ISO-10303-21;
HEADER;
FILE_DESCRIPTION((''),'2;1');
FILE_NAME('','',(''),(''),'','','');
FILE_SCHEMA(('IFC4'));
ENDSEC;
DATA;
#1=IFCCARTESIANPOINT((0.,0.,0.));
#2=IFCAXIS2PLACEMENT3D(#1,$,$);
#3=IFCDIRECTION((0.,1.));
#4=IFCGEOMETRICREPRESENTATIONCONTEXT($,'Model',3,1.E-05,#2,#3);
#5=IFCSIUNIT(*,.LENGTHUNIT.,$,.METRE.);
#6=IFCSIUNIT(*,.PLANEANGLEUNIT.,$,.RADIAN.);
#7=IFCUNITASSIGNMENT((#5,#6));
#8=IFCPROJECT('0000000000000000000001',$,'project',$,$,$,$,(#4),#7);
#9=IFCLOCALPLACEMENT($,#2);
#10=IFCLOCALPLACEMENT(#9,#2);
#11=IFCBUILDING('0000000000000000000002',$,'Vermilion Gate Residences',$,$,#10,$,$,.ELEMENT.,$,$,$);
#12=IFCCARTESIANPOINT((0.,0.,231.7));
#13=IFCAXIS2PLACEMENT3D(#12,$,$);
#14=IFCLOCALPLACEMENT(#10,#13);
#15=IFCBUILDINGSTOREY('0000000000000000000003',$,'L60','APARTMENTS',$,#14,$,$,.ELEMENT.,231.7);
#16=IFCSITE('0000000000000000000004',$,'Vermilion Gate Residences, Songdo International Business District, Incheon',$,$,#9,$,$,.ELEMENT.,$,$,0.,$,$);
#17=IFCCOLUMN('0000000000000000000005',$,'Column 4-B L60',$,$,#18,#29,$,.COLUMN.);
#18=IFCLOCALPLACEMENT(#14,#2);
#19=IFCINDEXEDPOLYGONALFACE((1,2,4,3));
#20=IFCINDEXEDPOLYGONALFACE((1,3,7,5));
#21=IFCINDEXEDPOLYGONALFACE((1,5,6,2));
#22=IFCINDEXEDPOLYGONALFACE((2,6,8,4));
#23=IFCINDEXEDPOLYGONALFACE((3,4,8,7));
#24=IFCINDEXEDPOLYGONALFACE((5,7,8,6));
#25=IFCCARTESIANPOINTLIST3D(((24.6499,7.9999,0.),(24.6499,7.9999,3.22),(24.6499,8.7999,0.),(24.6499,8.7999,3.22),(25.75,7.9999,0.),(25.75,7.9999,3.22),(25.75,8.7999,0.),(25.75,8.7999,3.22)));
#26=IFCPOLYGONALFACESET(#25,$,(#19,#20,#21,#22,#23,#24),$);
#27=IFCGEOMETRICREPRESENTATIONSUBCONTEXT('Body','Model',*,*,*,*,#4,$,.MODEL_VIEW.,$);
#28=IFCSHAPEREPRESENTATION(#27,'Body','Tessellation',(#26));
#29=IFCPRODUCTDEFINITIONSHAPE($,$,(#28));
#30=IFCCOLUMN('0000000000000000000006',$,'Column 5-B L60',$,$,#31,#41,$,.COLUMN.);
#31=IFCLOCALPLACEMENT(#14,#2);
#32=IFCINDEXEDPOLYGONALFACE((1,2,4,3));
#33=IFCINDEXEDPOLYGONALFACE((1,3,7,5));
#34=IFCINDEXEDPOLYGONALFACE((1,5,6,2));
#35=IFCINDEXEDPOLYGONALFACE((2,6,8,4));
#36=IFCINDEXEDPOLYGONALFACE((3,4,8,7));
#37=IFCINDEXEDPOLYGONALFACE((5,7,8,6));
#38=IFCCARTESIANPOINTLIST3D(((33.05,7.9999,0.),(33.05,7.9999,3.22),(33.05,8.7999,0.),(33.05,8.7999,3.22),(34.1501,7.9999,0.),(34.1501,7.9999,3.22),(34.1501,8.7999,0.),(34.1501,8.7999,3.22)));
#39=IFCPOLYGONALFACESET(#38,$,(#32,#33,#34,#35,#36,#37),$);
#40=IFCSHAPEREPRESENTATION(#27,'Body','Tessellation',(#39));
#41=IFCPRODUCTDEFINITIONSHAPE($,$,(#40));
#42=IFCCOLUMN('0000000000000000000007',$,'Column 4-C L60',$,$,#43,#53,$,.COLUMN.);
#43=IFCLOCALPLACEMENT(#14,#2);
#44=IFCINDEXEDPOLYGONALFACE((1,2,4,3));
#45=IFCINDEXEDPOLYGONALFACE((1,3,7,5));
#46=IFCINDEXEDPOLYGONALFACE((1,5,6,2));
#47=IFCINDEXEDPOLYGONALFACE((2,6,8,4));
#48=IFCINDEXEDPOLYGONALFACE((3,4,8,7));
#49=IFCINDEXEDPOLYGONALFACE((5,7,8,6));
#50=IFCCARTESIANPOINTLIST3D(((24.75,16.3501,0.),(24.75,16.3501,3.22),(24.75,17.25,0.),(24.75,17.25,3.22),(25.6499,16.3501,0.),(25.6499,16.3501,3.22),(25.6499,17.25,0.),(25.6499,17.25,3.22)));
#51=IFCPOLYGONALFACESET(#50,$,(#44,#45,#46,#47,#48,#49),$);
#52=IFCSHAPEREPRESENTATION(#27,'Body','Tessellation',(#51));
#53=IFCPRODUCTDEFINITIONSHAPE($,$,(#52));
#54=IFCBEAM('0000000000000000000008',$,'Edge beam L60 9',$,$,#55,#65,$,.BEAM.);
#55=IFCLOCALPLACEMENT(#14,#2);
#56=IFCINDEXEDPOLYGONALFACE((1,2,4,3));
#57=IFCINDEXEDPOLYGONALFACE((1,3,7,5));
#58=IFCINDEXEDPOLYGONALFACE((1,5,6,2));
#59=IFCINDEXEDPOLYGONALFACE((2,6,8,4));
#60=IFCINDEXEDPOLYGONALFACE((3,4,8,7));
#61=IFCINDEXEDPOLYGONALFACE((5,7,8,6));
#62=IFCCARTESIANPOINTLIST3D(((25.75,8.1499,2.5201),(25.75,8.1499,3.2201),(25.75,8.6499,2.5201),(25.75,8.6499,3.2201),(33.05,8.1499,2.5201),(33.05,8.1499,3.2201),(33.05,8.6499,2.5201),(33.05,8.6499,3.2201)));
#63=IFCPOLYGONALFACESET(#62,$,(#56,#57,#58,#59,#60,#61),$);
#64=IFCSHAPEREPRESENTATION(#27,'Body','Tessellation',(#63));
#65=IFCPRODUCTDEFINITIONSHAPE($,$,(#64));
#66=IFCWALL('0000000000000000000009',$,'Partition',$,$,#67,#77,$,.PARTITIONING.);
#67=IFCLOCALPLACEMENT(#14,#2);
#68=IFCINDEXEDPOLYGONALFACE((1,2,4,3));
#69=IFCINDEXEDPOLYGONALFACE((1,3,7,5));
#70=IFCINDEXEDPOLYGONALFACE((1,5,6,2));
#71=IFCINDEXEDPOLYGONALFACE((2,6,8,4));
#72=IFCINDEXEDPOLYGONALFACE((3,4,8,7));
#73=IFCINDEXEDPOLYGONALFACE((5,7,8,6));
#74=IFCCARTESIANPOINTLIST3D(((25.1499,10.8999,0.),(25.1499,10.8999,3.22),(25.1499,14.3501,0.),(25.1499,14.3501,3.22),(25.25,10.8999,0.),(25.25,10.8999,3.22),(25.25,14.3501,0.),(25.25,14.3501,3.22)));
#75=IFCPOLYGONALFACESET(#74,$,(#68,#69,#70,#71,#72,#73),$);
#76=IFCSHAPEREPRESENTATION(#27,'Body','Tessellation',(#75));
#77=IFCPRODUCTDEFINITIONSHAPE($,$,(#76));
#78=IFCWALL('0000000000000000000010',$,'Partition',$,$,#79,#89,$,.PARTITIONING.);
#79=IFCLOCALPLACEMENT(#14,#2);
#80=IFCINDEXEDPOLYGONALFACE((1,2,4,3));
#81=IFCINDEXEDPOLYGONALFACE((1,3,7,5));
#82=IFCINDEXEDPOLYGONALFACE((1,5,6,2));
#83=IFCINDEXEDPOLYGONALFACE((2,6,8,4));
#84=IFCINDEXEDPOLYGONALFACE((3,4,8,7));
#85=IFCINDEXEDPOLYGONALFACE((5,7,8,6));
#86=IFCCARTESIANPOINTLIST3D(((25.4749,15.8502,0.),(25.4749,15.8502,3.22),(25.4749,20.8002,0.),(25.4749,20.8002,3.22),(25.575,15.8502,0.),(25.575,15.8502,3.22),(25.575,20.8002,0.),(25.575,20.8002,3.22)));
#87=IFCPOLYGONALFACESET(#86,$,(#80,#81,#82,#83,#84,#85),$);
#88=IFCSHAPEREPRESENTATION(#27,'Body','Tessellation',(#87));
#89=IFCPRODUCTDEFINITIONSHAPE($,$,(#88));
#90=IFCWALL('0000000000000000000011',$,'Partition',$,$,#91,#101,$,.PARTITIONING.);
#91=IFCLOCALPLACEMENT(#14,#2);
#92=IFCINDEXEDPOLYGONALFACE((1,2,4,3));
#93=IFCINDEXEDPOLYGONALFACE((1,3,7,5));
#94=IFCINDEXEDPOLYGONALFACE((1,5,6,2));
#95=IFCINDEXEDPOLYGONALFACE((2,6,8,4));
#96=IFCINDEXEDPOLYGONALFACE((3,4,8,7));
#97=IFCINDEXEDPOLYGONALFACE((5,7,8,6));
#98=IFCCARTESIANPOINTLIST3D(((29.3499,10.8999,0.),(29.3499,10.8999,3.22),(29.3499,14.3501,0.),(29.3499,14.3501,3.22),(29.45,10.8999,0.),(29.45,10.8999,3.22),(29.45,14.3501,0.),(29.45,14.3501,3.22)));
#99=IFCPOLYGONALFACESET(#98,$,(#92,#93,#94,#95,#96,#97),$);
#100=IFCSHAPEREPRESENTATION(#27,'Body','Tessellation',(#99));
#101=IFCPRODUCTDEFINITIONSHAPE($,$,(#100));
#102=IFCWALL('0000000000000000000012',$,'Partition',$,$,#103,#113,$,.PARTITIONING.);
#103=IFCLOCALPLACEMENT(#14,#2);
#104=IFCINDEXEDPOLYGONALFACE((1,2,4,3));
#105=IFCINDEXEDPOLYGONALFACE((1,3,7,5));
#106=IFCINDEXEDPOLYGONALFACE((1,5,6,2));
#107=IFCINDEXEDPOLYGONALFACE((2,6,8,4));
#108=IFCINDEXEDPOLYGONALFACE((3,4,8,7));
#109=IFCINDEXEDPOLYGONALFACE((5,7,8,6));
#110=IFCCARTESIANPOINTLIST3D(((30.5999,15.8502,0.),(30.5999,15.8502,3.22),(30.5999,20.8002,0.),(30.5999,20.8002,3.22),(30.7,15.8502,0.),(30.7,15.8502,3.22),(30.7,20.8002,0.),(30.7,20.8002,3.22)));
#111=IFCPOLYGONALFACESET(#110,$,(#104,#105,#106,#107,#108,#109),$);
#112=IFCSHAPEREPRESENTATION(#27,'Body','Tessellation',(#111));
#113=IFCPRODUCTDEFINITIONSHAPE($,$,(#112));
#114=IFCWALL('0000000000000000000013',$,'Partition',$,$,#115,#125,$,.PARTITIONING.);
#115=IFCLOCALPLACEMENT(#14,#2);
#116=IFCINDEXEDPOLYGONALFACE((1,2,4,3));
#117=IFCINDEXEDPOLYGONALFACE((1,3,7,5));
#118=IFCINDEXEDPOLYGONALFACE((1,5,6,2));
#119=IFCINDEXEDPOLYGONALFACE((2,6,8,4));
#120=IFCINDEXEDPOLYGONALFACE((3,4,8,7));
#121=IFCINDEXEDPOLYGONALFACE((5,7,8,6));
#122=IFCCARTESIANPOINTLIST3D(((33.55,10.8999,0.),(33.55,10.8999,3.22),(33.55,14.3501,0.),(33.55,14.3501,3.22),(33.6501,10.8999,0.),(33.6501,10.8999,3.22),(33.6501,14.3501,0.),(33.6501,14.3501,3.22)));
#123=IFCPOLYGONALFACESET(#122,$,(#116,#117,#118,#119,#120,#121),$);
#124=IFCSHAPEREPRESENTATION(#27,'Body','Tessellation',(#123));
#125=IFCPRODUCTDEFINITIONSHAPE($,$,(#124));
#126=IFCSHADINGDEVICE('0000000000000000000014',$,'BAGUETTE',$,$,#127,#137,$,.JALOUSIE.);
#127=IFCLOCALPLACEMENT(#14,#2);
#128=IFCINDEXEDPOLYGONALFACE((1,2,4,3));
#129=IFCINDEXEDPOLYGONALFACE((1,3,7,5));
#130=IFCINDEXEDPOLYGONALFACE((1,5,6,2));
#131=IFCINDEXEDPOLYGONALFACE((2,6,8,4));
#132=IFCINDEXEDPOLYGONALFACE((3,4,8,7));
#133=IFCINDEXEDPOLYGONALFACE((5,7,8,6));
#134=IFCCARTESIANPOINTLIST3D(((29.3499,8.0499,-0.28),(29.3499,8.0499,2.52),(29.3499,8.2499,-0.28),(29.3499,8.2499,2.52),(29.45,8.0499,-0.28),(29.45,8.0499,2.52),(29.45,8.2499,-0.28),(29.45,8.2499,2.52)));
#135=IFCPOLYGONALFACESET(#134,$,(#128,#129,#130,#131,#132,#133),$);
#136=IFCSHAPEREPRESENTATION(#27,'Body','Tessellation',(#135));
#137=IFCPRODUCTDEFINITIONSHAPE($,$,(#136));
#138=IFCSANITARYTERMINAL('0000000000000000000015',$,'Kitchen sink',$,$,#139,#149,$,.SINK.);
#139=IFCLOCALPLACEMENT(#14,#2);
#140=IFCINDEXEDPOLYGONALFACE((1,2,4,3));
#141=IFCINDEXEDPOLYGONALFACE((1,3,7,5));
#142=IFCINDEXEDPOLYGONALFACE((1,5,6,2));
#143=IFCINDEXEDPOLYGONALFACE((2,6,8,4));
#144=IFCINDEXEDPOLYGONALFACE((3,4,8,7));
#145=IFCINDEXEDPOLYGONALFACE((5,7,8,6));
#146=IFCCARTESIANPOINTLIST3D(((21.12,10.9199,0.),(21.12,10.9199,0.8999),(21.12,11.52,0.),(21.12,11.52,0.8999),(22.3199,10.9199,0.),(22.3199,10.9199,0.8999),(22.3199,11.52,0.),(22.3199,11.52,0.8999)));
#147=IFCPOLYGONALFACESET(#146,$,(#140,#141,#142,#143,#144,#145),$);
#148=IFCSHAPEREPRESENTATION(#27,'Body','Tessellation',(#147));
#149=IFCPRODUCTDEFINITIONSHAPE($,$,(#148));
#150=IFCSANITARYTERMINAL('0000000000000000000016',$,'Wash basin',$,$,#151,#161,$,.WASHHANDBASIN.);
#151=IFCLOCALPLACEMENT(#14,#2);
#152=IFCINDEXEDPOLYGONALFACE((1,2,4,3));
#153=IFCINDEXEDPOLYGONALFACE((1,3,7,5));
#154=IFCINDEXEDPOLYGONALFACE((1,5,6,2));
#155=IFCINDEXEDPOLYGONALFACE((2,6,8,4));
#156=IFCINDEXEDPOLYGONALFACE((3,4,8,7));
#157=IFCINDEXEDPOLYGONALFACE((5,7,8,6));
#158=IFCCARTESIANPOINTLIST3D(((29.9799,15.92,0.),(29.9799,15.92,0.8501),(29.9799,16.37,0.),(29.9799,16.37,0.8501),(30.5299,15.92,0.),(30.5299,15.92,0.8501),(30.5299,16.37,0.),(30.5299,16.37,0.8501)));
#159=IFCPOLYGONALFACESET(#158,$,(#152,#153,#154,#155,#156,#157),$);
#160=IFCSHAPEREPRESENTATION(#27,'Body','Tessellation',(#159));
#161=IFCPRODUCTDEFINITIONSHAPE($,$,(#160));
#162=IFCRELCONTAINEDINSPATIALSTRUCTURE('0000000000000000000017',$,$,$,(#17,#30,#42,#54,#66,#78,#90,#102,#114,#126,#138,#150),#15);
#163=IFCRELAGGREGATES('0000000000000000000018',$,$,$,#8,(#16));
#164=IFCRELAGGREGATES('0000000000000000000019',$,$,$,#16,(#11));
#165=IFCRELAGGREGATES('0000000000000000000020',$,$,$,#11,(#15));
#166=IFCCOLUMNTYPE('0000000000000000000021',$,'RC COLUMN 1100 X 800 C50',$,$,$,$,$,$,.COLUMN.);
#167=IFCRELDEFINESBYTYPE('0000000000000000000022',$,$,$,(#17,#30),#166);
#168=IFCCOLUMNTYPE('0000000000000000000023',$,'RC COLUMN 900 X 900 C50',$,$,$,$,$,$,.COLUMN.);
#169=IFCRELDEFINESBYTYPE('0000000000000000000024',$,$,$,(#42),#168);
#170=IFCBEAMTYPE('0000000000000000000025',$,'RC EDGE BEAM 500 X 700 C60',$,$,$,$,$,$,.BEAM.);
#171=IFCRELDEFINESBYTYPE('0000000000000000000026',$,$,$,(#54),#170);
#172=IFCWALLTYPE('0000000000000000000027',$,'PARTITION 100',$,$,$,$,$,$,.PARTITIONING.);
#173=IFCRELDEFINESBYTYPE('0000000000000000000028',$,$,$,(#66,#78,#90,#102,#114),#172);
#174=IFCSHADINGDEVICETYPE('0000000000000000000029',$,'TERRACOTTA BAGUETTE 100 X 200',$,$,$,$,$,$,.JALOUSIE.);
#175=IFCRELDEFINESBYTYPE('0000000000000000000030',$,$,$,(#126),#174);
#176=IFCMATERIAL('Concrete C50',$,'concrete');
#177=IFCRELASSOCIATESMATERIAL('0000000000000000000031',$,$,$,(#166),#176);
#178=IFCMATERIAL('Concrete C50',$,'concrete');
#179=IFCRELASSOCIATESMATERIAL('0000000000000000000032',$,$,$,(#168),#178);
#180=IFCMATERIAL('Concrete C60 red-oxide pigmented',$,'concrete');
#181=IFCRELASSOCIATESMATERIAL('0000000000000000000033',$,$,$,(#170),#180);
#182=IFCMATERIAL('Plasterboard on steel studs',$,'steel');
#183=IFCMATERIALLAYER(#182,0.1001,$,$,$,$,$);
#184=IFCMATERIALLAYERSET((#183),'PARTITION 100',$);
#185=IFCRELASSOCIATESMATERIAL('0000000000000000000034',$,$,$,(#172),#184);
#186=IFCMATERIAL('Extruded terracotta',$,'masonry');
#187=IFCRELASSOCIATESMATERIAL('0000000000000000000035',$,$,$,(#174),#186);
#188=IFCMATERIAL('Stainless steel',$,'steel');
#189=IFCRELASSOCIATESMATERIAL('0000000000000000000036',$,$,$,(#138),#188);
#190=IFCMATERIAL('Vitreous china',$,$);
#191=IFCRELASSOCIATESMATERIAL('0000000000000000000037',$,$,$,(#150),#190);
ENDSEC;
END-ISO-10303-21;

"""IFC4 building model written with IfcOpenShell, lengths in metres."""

from ifc_helpers import new_model, si_unit, direction, frame, frame_2d, origin, origin_2d, place, context, subcontext, project, spatial, rectangle, extrude, material, layer, layer_set, material_profile, profile_set, type_object, element, save


model = new_model("IFC4")

# Units and contexts
model_context = context("Model", 3, precision=1e-05, world=origin(), true_north=direction((0.0, 1.0)))
body_context = subcontext(model_context, "Body", "Model", "MODEL_VIEW")
ifc_project = project(units=[si_unit("LENGTHUNIT", "METRE"), si_unit("PLANEANGLEUNIT", "RADIAN")], contexts=[model_context])

# Site, building, storey
site_placement = place(None, origin())
site = spatial("IfcSite", under=ifc_project, at=site_placement, Name="Vermilion Gate Residences, Songdo International Business District, Incheon", CompositionType="ELEMENT", RefElevation=0.0)
building_placement = place(site_placement, origin())
building = spatial("IfcBuilding", under=site, at=building_placement, Name="Vermilion Gate Residences", CompositionType="ELEMENT")
storey_placement = place(building_placement, frame((0.0, 0.0, 231.7)))
storey = spatial("IfcBuildingStorey", under=building, at=storey_placement, Name="L60", Description="APARTMENTS", CompositionType="ELEMENT", Elevation=231.7)

# Columns
ifc_material_1 = material(Name="Concrete C50", Category="concrete")
ifc_material_profile_1 = material_profile(ifc_material_1, rectangle(XDim=1.1001, YDim=0.8, at=origin_2d()), Name="RC-1100x800")
ifc_profile_set_1 = profile_set([ifc_material_profile_1], Name="Concrete C50")
column_type_1 = type_object("IfcColumnType", Name="RC COLUMN 1100 X 800 C50", PredefinedType="COLUMN", material=ifc_profile_set_1)
for number, where, z_axis, x_axis, name in (
    (1, (25.2, 8.3999, 0.0), (0.0, 0.0, 1.0), (1.0, 0.0, 0.0), "Column 4-B L60"),
    (2, (33.6001, 8.3999, 0.0), (0.0, 0.0, 1.0), (1.0, 0.0, 0.0), "Column 5-B L60"),
):
    element("IfcColumn", number, at=place(storey_placement, frame(where, z_axis=z_axis, x_axis=x_axis)), inside=storey, type_object=column_type_1, Name=name, PredefinedType="COLUMN", context=body_context, shape_type="SweptSolid", body=[
        extrude(rectangle(XDim=1.1001, YDim=0.8, at=origin_2d()), origin(), (0.0, 0.0, 1.0), 3.22),
    ])
ifc_material_2 = material(Name="Concrete C50", Category="concrete")
ifc_material_profile_2 = material_profile(ifc_material_2, rectangle(XDim=0.8999, YDim=0.8999, at=origin_2d()), Name="RC-900x900")
ifc_profile_set_2 = profile_set([ifc_material_profile_2], Name="Concrete C50")
column_type_2 = type_object("IfcColumnType", Name="RC COLUMN 900 X 900 C50", PredefinedType="COLUMN", material=ifc_profile_set_2)
column_placement = place(storey_placement, frame((25.2, 16.8, 0.0), z_axis=(0.0, 0.0, 1.0), x_axis=(1.0, 0.0, 0.0)))
element("IfcColumn", 3, at=column_placement, inside=storey, type_object=column_type_2, Name="Column 4-C L60", PredefinedType="COLUMN", context=body_context, shape_type="SweptSolid", body=[
    extrude(rectangle(XDim=0.8999, YDim=0.8999, at=origin_2d()), origin(), (0.0, 0.0, 1.0), 3.22),
])

# Beam
ifc_material_3 = material(Name="Concrete C60 red-oxide pigmented", Category="concrete")
ifc_material_profile_3 = material_profile(ifc_material_3, rectangle(XDim=0.5, YDim=0.7, at=origin_2d()), Name="RC-500x700")
ifc_profile_set_3 = profile_set([ifc_material_profile_3], Name="Concrete C60 red-oxide pigmented")
beam_type = type_object("IfcBeamType", Name="RC EDGE BEAM 500 X 700 C60", PredefinedType="BEAM", material=ifc_profile_set_3)
beam_placement = place(storey_placement, frame((25.75, 8.3999, 2.8701), z_axis=(1.0, 0.0, 0.0), x_axis=(0.0, 1.0, 0.0)))
element("IfcBeam", 4, at=beam_placement, inside=storey, type_object=beam_type, Name="Edge beam L60 9", PredefinedType="BEAM", context=body_context, shape_type="SweptSolid", body=[
    extrude(rectangle(XDim=0.5, YDim=0.7, at=origin_2d()), origin(), (0.0, 0.0, 1.0), 7.3),
])

# Walls
ifc_material_4 = material(Name="Plasterboard on steel studs", Category="steel")
ifc_layer = layer(ifc_material_4, 0.1001)
ifc_layer_set = layer_set([ifc_layer], Name="PARTITION 100")
wall_type = type_object("IfcWallType", Name="PARTITION 100", PredefinedType="PARTITIONING", material=ifc_layer_set)
wall_1_placement = place(storey_placement, frame((25.2, 10.8999, 0.0), z_axis=(0.0, 0.0, 1.0), x_axis=(0.0, 1.0, 0.0)))
element("IfcWall", 5, at=wall_1_placement, inside=storey, type_object=wall_type, Name="Partition", PredefinedType="PARTITIONING", context=body_context, shape_type="SweptSolid", body=[
    extrude(rectangle(XDim=3.4502, YDim=0.1001, at=frame_2d((1.7251, 0.0))), origin(), (0.0, 0.0, 1.0), 3.22),
])
wall_2_placement = place(storey_placement, frame((25.5249, 15.8501, 0.0), z_axis=(0.0, 0.0, 1.0), x_axis=(0.0, 1.0, 0.0)))
element("IfcWall", 6, at=wall_2_placement, inside=storey, type_object=wall_type, Name="Partition", PredefinedType="PARTITIONING", context=body_context, shape_type="SweptSolid", body=[
    extrude(rectangle(XDim=4.95, YDim=0.1001, at=frame_2d((2.4751, 0.0))), origin(), (0.0, 0.0, 1.0), 3.22),
])
wall_3_placement = place(storey_placement, frame((29.3999, 10.8999, 0.0), z_axis=(0.0, 0.0, 1.0), x_axis=(0.0, 1.0, 0.0)))
element("IfcWall", 7, at=wall_3_placement, inside=storey, type_object=wall_type, Name="Partition", PredefinedType="PARTITIONING", context=body_context, shape_type="SweptSolid", body=[
    extrude(rectangle(XDim=3.4502, YDim=0.1001, at=frame_2d((1.7251, 0.0))), origin(), (0.0, 0.0, 1.0), 3.22),
])
wall_4_placement = place(storey_placement, frame((30.6499, 15.8501, 0.0), z_axis=(0.0, 0.0, 1.0), x_axis=(0.0, 1.0, 0.0)))
element("IfcWall", 8, at=wall_4_placement, inside=storey, type_object=wall_type, Name="Partition", PredefinedType="PARTITIONING", context=body_context, shape_type="SweptSolid", body=[
    extrude(rectangle(XDim=4.95, YDim=0.1001, at=frame_2d((2.4751, 0.0))), origin(), (0.0, 0.0, 1.0), 3.22),
])
wall_5_placement = place(storey_placement, frame((33.6001, 10.8999, 0.0), z_axis=(0.0, 0.0, 1.0), x_axis=(0.0, 1.0, 0.0)))
element("IfcWall", 9, at=wall_5_placement, inside=storey, type_object=wall_type, Name="Partition", PredefinedType="PARTITIONING", context=body_context, shape_type="SweptSolid", body=[
    extrude(rectangle(XDim=3.4502, YDim=0.1001, at=frame_2d((1.7251, 0.0))), origin(), (0.0, 0.0, 1.0), 3.22),
])

# Shading device
ifc_material_5 = material(Name="Extruded terracotta", Category="masonry")
ifc_material_profile_4 = material_profile(ifc_material_5, rectangle(XDim=0.2, YDim=0.1001, at=origin_2d()), Name="BAGUETTE 100 X 200")
ifc_profile_set_4 = profile_set([ifc_material_profile_4], Name="Extruded terracotta")
shading_device_type = type_object("IfcShadingDeviceType", Name="TERRACOTTA BAGUETTE 100 X 200", PredefinedType="JALOUSIE", material=ifc_profile_set_4)
shading_device_placement = place(storey_placement, frame((29.3999, 8.1499, -0.28), z_axis=(0.0, 0.0, 1.0), x_axis=(0.0, 1.0, 0.0)))
element("IfcShadingDevice", 10, at=shading_device_placement, inside=storey, type_object=shading_device_type, Name="BAGUETTE", PredefinedType="JALOUSIE", context=body_context, shape_type="SweptSolid", body=[
    extrude(rectangle(XDim=0.2, YDim=0.1001, at=origin_2d()), origin(), (0.0, 0.0, 1.0), 2.8),
])

# Sanitary terminals
ifc_material_6 = material(Name="Stainless steel", Category="steel")
sanitary_terminal_1_placement = place(storey_placement, frame((21.72, 11.22, 0.0), z_axis=(0.0, 0.0, 1.0), x_axis=(1.0, 0.0, 0.0)))
element("IfcSanitaryTerminal", 11, at=sanitary_terminal_1_placement, inside=storey, material=ifc_material_6, Name="Kitchen sink", PredefinedType="SINK", context=body_context, shape_type="SweptSolid", body=[
    extrude(rectangle(XDim=1.2, YDim=0.6001, at=origin_2d()), origin(), (0.0, 0.0, 1.0), 0.8999),
])
ifc_material_7 = material(Name="Vitreous china")
sanitary_terminal_2_placement = place(storey_placement, frame((30.2549, 16.145, 0.0), z_axis=(0.0, 0.0, 1.0), x_axis=(1.0, 0.0, 0.0)))
element("IfcSanitaryTerminal", 12, at=sanitary_terminal_2_placement, inside=storey, material=ifc_material_7, Name="Wash basin", PredefinedType="WASHHANDBASIN", context=body_context, shape_type="SweptSolid", body=[
    extrude(rectangle(XDim=0.55, YDim=0.45, at=origin_2d()), origin(), (0.0, 0.0, 1.0), 0.8501),
])

save(model, "model.ifc")
